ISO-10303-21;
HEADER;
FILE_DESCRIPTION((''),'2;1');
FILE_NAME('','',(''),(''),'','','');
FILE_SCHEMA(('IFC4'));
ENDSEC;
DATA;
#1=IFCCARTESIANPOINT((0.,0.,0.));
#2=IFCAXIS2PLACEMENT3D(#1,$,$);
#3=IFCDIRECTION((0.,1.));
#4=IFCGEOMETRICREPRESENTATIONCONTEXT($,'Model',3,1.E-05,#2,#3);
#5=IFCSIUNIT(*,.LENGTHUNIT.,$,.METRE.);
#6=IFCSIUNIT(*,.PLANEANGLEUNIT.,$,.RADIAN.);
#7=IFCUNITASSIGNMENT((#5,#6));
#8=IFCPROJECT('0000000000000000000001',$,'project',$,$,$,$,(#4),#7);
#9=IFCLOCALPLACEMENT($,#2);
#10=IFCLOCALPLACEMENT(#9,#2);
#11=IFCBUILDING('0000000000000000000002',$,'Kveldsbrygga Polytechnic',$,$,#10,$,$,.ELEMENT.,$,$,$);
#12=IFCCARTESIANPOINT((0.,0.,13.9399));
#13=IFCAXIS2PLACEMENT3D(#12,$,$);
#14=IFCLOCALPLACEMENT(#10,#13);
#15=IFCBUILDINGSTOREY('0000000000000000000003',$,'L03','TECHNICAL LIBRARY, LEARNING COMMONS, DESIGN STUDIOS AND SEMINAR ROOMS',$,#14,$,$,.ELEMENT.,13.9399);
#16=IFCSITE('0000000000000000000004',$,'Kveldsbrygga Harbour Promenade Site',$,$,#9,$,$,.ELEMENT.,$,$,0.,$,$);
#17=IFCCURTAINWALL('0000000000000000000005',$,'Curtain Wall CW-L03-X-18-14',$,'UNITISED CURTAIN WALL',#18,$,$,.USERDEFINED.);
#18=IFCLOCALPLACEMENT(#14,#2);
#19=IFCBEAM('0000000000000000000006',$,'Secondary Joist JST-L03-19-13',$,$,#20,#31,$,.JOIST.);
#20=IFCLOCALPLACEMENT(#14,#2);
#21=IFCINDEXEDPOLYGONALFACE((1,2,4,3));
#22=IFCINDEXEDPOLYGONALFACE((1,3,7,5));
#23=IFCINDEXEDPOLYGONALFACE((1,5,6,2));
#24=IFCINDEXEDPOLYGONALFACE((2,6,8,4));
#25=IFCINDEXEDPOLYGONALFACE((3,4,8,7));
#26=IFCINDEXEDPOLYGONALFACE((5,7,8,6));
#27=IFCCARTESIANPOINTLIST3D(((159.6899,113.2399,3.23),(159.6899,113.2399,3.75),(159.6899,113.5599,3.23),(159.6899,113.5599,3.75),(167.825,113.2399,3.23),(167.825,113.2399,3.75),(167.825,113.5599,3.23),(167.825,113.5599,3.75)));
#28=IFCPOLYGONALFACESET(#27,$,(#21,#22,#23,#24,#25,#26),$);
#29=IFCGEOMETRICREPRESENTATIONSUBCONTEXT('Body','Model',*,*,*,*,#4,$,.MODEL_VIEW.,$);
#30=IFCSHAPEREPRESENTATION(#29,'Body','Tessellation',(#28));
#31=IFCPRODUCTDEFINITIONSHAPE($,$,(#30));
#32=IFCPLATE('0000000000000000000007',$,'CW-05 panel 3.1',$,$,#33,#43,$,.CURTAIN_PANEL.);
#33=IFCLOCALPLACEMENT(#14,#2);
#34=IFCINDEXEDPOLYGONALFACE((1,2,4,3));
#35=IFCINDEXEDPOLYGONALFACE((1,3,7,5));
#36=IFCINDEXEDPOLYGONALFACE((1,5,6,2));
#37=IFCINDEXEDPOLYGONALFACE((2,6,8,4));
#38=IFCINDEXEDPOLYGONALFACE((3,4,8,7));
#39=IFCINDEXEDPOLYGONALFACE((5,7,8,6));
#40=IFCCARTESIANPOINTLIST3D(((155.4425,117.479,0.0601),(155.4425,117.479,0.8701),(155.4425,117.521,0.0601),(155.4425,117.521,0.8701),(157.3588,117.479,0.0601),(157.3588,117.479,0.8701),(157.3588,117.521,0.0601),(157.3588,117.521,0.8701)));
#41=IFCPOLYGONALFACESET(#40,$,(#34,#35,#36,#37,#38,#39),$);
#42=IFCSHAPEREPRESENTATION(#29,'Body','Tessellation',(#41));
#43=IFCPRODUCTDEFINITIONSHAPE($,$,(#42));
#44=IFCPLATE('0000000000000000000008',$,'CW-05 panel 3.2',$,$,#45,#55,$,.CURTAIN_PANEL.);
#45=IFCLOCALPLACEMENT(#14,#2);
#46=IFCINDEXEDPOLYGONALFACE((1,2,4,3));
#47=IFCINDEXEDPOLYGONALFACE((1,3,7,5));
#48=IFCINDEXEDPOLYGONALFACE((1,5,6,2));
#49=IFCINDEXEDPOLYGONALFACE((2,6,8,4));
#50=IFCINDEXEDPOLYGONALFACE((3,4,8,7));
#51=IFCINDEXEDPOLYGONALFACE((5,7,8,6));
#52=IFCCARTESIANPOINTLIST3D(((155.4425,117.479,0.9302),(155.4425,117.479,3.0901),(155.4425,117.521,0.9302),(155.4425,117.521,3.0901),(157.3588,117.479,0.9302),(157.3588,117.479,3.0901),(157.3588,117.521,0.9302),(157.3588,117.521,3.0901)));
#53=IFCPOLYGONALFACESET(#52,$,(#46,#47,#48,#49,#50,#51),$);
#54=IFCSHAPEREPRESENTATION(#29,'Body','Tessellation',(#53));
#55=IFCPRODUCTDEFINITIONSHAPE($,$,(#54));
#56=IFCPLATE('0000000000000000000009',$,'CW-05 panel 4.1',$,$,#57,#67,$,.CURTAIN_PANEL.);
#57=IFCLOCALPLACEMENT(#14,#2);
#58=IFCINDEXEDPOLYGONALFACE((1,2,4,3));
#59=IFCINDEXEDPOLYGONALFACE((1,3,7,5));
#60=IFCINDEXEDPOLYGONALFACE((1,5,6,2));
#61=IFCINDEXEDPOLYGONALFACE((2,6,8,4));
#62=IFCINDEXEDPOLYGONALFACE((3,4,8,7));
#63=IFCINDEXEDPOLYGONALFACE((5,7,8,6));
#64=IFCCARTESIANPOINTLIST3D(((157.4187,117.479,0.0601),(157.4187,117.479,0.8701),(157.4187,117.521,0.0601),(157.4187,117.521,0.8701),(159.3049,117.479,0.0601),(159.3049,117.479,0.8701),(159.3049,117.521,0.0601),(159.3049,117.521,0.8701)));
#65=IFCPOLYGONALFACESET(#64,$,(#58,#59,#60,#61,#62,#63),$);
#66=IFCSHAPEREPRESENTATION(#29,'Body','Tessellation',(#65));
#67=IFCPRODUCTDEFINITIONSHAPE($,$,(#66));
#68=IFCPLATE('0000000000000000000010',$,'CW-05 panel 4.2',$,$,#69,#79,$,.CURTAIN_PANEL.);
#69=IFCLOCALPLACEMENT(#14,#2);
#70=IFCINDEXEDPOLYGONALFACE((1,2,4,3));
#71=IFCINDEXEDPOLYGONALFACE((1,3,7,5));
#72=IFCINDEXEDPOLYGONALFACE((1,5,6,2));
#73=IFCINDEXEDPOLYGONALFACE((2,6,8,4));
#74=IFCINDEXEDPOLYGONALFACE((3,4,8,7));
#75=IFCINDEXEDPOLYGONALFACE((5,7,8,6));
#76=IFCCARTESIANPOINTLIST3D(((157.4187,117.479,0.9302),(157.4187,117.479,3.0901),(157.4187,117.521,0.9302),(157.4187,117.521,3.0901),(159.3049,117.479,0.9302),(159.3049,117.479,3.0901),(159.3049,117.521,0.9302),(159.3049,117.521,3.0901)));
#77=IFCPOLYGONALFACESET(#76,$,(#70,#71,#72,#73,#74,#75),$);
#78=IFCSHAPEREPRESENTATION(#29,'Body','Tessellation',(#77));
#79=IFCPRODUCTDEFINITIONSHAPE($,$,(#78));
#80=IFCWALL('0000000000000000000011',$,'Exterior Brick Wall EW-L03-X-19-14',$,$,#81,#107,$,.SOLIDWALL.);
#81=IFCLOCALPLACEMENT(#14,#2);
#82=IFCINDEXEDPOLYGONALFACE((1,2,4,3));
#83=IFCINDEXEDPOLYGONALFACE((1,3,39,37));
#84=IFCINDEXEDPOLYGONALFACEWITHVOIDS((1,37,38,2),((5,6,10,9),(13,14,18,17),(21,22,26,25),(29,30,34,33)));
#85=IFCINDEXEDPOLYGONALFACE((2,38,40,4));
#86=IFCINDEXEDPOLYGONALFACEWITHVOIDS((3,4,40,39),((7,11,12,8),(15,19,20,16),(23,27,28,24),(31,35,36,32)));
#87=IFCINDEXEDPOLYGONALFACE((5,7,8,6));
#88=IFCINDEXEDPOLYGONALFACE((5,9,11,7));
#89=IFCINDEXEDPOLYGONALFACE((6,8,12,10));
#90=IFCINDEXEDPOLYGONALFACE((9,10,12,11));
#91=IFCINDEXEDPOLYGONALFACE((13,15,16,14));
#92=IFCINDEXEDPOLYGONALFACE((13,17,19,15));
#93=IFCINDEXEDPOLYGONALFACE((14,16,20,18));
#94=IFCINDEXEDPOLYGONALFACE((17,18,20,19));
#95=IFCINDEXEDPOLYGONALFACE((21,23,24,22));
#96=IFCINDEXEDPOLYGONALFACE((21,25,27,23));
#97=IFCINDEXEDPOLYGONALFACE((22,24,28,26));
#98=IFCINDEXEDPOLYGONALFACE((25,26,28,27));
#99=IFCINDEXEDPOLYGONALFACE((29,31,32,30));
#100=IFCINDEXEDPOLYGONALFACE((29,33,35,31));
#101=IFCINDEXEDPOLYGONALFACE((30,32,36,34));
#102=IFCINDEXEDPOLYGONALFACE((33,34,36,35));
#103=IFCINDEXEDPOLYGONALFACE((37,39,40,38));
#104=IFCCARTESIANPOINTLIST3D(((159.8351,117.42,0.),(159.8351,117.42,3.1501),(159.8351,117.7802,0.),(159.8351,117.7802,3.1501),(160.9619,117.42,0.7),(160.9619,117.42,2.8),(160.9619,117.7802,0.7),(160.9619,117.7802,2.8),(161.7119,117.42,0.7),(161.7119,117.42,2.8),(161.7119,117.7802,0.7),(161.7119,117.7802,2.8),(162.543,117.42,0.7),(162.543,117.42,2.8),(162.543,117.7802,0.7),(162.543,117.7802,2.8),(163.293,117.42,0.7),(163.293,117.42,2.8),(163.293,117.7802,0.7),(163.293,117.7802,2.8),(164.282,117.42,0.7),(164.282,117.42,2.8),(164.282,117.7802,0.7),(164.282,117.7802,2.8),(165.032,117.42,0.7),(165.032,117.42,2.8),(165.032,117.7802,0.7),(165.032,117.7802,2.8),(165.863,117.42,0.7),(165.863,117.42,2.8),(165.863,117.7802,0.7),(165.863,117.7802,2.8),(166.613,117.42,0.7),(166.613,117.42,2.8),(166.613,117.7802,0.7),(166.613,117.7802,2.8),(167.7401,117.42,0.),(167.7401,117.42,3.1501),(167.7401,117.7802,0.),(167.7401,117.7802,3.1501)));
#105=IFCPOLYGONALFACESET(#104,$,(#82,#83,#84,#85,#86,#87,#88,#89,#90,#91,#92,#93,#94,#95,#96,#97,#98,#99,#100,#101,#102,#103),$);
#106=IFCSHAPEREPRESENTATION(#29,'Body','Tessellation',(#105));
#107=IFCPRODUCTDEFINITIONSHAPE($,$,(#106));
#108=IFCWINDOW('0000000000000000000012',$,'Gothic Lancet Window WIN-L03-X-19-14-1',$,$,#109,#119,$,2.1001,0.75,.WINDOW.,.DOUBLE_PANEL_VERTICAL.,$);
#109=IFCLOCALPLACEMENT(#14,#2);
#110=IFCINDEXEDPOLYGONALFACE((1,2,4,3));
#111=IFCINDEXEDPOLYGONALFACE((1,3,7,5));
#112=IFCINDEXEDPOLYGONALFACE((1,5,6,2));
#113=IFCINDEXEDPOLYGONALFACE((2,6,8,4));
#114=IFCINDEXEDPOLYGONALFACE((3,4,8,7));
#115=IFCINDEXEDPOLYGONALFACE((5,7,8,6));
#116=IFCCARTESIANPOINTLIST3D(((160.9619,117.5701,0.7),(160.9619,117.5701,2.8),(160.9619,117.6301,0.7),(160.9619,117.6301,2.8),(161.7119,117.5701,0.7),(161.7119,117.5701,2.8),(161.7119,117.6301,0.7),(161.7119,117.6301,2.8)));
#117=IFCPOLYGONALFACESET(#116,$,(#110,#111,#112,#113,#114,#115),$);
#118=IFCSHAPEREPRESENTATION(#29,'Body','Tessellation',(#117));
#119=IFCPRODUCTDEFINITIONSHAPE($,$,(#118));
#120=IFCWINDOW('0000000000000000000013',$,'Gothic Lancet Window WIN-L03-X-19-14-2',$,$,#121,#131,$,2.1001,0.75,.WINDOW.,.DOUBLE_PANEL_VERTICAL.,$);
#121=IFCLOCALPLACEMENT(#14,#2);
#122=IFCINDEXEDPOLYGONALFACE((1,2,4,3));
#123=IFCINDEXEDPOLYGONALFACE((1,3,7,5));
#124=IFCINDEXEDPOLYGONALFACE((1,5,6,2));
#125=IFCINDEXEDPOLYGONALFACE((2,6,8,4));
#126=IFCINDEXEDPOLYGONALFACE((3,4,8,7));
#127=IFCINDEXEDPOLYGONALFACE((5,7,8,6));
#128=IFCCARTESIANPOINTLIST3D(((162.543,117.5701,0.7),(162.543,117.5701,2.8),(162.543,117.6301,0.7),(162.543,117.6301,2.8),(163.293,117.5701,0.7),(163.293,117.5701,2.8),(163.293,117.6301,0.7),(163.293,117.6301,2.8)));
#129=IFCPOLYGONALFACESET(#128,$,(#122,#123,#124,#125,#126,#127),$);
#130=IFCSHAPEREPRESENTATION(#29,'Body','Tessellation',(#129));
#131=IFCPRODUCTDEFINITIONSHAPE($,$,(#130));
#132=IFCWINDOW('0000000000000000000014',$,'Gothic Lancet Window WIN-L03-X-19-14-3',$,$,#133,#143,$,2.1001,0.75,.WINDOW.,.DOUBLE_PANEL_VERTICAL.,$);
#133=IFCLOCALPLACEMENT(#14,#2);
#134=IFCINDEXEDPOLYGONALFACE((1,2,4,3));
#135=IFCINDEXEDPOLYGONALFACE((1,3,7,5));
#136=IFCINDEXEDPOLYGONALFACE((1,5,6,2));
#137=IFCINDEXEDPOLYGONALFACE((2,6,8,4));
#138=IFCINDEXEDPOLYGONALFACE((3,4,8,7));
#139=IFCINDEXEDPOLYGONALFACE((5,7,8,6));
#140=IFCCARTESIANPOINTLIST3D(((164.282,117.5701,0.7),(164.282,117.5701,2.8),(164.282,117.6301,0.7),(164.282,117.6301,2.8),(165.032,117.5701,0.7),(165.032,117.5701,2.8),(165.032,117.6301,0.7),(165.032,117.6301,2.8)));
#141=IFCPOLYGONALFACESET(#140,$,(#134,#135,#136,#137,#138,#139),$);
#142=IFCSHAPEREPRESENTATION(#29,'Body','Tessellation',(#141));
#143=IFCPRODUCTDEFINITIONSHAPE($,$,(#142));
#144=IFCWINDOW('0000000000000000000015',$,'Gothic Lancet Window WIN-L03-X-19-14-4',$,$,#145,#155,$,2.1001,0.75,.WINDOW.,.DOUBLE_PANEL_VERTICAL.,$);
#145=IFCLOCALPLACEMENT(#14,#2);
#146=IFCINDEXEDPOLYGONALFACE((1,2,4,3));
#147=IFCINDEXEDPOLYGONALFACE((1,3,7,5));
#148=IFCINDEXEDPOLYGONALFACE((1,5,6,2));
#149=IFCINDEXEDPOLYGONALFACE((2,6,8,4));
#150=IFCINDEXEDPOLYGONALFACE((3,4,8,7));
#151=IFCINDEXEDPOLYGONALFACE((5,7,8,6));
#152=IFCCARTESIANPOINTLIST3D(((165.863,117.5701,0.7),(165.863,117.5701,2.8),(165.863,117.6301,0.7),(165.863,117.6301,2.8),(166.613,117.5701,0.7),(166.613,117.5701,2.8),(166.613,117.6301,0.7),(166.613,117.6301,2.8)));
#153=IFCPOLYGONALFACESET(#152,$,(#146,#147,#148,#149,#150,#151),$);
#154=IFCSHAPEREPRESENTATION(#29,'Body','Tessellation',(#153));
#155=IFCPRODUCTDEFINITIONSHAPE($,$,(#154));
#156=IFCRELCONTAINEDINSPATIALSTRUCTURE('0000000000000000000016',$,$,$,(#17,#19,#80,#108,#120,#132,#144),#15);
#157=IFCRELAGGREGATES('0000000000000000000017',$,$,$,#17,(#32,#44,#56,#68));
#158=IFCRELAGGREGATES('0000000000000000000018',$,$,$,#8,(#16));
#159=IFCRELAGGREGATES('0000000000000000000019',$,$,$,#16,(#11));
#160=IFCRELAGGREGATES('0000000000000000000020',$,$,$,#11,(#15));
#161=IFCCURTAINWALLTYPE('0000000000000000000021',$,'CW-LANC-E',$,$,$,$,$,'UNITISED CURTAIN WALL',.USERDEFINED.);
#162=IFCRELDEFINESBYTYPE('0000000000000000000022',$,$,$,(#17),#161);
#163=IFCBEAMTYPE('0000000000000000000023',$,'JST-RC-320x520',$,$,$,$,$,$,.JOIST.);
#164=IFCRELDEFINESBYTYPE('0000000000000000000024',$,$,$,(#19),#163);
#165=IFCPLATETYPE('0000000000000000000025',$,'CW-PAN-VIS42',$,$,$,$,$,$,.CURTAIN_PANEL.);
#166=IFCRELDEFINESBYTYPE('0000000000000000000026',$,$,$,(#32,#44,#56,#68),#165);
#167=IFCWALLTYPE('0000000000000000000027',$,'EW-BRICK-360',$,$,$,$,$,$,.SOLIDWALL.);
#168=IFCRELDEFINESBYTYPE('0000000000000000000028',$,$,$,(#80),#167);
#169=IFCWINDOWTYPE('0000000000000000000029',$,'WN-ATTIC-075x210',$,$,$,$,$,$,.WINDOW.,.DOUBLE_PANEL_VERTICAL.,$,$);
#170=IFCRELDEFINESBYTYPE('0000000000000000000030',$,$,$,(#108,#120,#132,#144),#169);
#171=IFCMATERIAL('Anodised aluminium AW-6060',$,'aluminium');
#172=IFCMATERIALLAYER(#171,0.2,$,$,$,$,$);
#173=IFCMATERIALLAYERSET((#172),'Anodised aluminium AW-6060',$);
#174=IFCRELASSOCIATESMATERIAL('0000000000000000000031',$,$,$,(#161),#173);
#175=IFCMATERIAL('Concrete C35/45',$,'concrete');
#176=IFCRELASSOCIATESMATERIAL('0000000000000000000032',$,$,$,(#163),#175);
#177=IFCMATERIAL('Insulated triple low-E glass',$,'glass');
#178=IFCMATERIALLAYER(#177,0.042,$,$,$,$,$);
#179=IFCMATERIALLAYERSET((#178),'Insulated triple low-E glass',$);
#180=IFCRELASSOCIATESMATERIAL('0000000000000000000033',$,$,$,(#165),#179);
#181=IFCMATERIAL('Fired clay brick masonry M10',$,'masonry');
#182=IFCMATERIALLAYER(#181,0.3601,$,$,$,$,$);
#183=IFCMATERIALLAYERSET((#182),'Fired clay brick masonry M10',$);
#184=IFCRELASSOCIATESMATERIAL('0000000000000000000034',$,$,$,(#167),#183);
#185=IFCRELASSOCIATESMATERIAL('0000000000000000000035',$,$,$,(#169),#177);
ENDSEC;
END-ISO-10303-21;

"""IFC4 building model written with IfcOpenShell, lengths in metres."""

from ifc_helpers import new_model, si_unit, direction, frame, frame_2d, origin, origin_2d, place, context, subcontext, project, spatial, rectangle, extrude, material, layer, layer_set, material_profile, profile_set, type_object, element, fill, aggregate, save


model = new_model("IFC4")

# Units and contexts
model_context = context("Model", 3, precision=1e-05, world=origin(), true_north=direction((0.0, 1.0)))
body_context = subcontext(model_context, "Body", "Model", "MODEL_VIEW")
ifc_project = project(units=[si_unit("LENGTHUNIT", "METRE"), si_unit("PLANEANGLEUNIT", "RADIAN")], contexts=[model_context])

# Site, building, storey
site_placement = place(None, origin())
site = spatial("IfcSite", under=ifc_project, at=site_placement, Name="Kveldsbrygga Harbour Promenade Site", CompositionType="ELEMENT", RefElevation=0.0)
building_placement = place(site_placement, origin())
building = spatial("IfcBuilding", under=site, at=building_placement, Name="Kveldsbrygga Polytechnic", CompositionType="ELEMENT")
storey_placement = place(building_placement, frame((0.0, 0.0, 13.9399)))
storey = spatial("IfcBuildingStorey", under=building, at=storey_placement, Name="L03", Description="TECHNICAL LIBRARY, LEARNING COMMONS, DESIGN STUDIOS AND SEMINAR ROOMS", CompositionType="ELEMENT", Elevation=13.9399)

# Shared definitions
ifc_material_1 = material(Name="Concrete C35/45", Category="concrete")

# Curtain wall
ifc_material_2 = material(Name="Anodised aluminium AW-6060", Category="aluminium")
ifc_layer_1 = layer(ifc_material_2, 0.2)
ifc_layer_set_1 = layer_set([ifc_layer_1], Name="Anodised aluminium AW-6060")
curtain_wall_type = type_object("IfcCurtainWallType", Name="CW-LANC-E", ElementType="UNITISED CURTAIN WALL", PredefinedType="USERDEFINED", material=ifc_layer_set_1)
curtain_wall_placement = place(storey_placement, origin())
curtain_wall = element("IfcCurtainWall", 1, at=curtain_wall_placement, inside=storey, type_object=curtain_wall_type, Name="Curtain Wall CW-L03-X-18-14", ObjectType="UNITISED CURTAIN WALL", PredefinedType="USERDEFINED")

# Beam
ifc_material_profile_1 = material_profile(ifc_material_1, rectangle(XDim=0.3201, YDim=0.52, at=origin_2d()), Name="RC 320x520")
ifc_profile_set_1 = profile_set([ifc_material_profile_1], Name="Concrete C35/45")
beam_type_1 = type_object("IfcBeamType", Name="JST-RC-320x520", PredefinedType="JOIST", material=ifc_profile_set_1)
beam_1_placement = place(storey_placement, frame((159.6899, 113.3999, 3.49), z_axis=(1.0, 0.0, 0.0), x_axis=(0.0, 1.0, 0.0)))
element("IfcBeam", 2, at=beam_1_placement, inside=storey, type_object=beam_type_1, Name="Secondary Joist JST-L03-19-13", PredefinedType="JOIST", context=body_context, shape_type="SweptSolid", body=[
    extrude(rectangle(XDim=0.3201, YDim=0.52, at=origin_2d()), origin(), (0.0, 0.0, 1.0), 8.135),
])

# Plates
ifc_material_3 = material(Name="Insulated triple low-E glass", Category="glass")
ifc_layer_2 = layer(ifc_material_3, 0.042)
ifc_layer_set_2 = layer_set([ifc_layer_2], Name="Insulated triple low-E glass")
plate_type = type_object("IfcPlateType", Name="CW-PAN-VIS42", PredefinedType="CURTAIN_PANEL", material=ifc_layer_set_2)
plate_1_placement = place(storey_placement, frame((156.4006, 117.5, 0.0601), z_axis=(0.0, 0.0, 1.0), x_axis=(1.0, 0.0, 0.0)))
plate_1 = element("IfcPlate", 3, at=plate_1_placement, type_object=plate_type, Name="CW-05 panel 3.1", PredefinedType="CURTAIN_PANEL", context=body_context, shape_type="SweptSolid", body=[
    extrude(rectangle(XDim=1.9163, YDim=0.042, at=origin_2d()), origin(), (0.0, 0.0, 1.0), 0.8101),
])
plate_2_placement = place(storey_placement, frame((156.4006, 117.5, 0.9302), z_axis=(0.0, 0.0, 1.0), x_axis=(1.0, 0.0, 0.0)))
plate_2 = element("IfcPlate", 4, at=plate_2_placement, type_object=plate_type, Name="CW-05 panel 3.2", PredefinedType="CURTAIN_PANEL", context=body_context, shape_type="SweptSolid", body=[
    extrude(rectangle(XDim=1.9163, YDim=0.042, at=origin_2d()), origin(), (0.0, 0.0, 1.0), 2.1599),
])
plate_3_placement = place(storey_placement, frame((158.3618, 117.5, 0.0601), z_axis=(0.0, 0.0, 1.0), x_axis=(1.0, 0.0, 0.0)))
plate_3 = element("IfcPlate", 5, at=plate_3_placement, type_object=plate_type, Name="CW-05 panel 4.1", PredefinedType="CURTAIN_PANEL", context=body_context, shape_type="SweptSolid", body=[
    extrude(rectangle(XDim=1.8862, YDim=0.042, at=origin_2d()), origin(), (0.0, 0.0, 1.0), 0.8101),
])
plate_4_placement = place(storey_placement, frame((158.3618, 117.5, 0.9302), z_axis=(0.0, 0.0, 1.0), x_axis=(1.0, 0.0, 0.0)))
plate_4 = element("IfcPlate", 6, at=plate_4_placement, type_object=plate_type, Name="CW-05 panel 4.2", PredefinedType="CURTAIN_PANEL", context=body_context, shape_type="SweptSolid", body=[
    extrude(rectangle(XDim=1.8862, YDim=0.042, at=origin_2d()), origin(), (0.0, 0.0, 1.0), 2.1599),
])
aggregate(curtain_wall, [plate_1, plate_2, plate_3, plate_4])

# Wall, openings, windows
ifc_material_4 = material(Name="Fired clay brick masonry M10", Category="masonry")
ifc_layer_3 = layer(ifc_material_4, 0.3601)
ifc_layer_set_3 = layer_set([ifc_layer_3], Name="Fired clay brick masonry M10")
wall_type = type_object("IfcWallType", Name="EW-BRICK-360", PredefinedType="SOLIDWALL", material=ifc_layer_set_3)
wall_1_placement = place(storey_placement, frame((159.835, 117.6001, 0.0), z_axis=(0.0, 0.0, 1.0), x_axis=(1.0, 0.0, 0.0)))
wall_1 = element("IfcWall", 7, at=wall_1_placement, inside=storey, type_object=wall_type, Name="Exterior Brick Wall EW-L03-X-19-14", PredefinedType="SOLIDWALL", context=body_context, shape_type="SweptSolid", body=[
    extrude(rectangle(XDim=7.905, YDim=0.3601, at=frame_2d((3.9526, 0.0))), origin(), (0.0, 0.0, 1.0), 3.1501),
])
opening_1_placement = place(wall_1_placement, frame((1.127, 0.0, 0.7)))
opening_1 = element("IfcOpeningElement", 8, at=opening_1_placement, cuts=wall_1, PredefinedType="OPENING", context=body_context, shape_type="SweptSolid", body=[
    extrude(rectangle(XDim=0.75, YDim=2.1001, at=frame_2d((0.375, 1.05))), frame((0.0, 0.1899, 0.0), z_axis=(0.0, -1.0, 0.0), x_axis=(1.0, 0.0, 0.0)), (0.0, 0.0, 1.0), 0.3801),
])
opening_2_placement = place(wall_1_placement, frame((2.708, 0.0, 0.7)))
opening_2 = element("IfcOpeningElement", 9, at=opening_2_placement, cuts=wall_1, PredefinedType="OPENING", context=body_context, shape_type="SweptSolid", body=[
    extrude(rectangle(XDim=0.75, YDim=2.1001, at=frame_2d((0.375, 1.05))), frame((0.0, 0.1899, 0.0), z_axis=(0.0, -1.0, 0.0), x_axis=(1.0, 0.0, 0.0)), (0.0, 0.0, 1.0), 0.3801),
])
opening_3_placement = place(wall_1_placement, frame((4.447, 0.0, 0.7)))
opening_3 = element("IfcOpeningElement", 10, at=opening_3_placement, cuts=wall_1, PredefinedType="OPENING", context=body_context, shape_type="SweptSolid", body=[
    extrude(rectangle(XDim=0.75, YDim=2.1001, at=frame_2d((0.375, 1.05))), frame((0.0, 0.1899, 0.0), z_axis=(0.0, -1.0, 0.0), x_axis=(1.0, 0.0, 0.0)), (0.0, 0.0, 1.0), 0.3801),
])
opening_4_placement = place(wall_1_placement, frame((6.0281, 0.0, 0.7)))
opening_4 = element("IfcOpeningElement", 11, at=opening_4_placement, cuts=wall_1, PredefinedType="OPENING", context=body_context, shape_type="SweptSolid", body=[
    extrude(rectangle(XDim=0.75, YDim=2.1001, at=frame_2d((0.375, 1.05))), frame((0.0, 0.1899, 0.0), z_axis=(0.0, -1.0, 0.0), x_axis=(1.0, 0.0, 0.0)), (0.0, 0.0, 1.0), 0.3801),
])
window_type = type_object("IfcWindowType", Name="WN-ATTIC-075x210", PartitioningType="DOUBLE_PANEL_VERTICAL", PredefinedType="WINDOW", material=ifc_material_3)
window_1_placement = place(opening_1_placement, origin())
window_1 = element("IfcWindow", 12, at=window_1_placement, inside=storey, type_object=window_type, Name="Gothic Lancet Window WIN-L03-X-19-14-1", OverallHeight=2.1001, OverallWidth=0.75, PartitioningType="DOUBLE_PANEL_VERTICAL", PredefinedType="WINDOW", context=body_context, shape_type="SweptSolid", body=[
    extrude(rectangle(XDim=0.75, YDim=2.1001, at=frame_2d((0.375, 1.05))), frame((0.0, 0.03, 0.0), z_axis=(0.0, -1.0, 0.0), x_axis=(1.0, 0.0, 0.0)), (0.0, 0.0, 1.0), 0.0601),
])
fill(opening_1, window_1)
window_2_placement = place(opening_2_placement, origin())
window_2 = element("IfcWindow", 13, at=window_2_placement, inside=storey, type_object=window_type, Name="Gothic Lancet Window WIN-L03-X-19-14-2", OverallHeight=2.1001, OverallWidth=0.75, PartitioningType="DOUBLE_PANEL_VERTICAL", PredefinedType="WINDOW", context=body_context, shape_type="SweptSolid", body=[
    extrude(rectangle(XDim=0.75, YDim=2.1001, at=frame_2d((0.375, 1.05))), frame((0.0, 0.03, 0.0), z_axis=(0.0, -1.0, 0.0), x_axis=(1.0, 0.0, 0.0)), (0.0, 0.0, 1.0), 0.0601),
])
fill(opening_2, window_2)
window_3_placement = place(opening_3_placement, origin())
window_3 = element("IfcWindow", 14, at=window_3_placement, inside=storey, type_object=window_type, Name="Gothic Lancet Window WIN-L03-X-19-14-3", OverallHeight=2.1001, OverallWidth=0.75, PartitioningType="DOUBLE_PANEL_VERTICAL", PredefinedType="WINDOW", context=body_context, shape_type="SweptSolid", body=[
    extrude(rectangle(XDim=0.75, YDim=2.1001, at=frame_2d((0.375, 1.05))), frame((0.0, 0.03, 0.0), z_axis=(0.0, -1.0, 0.0), x_axis=(1.0, 0.0, 0.0)), (0.0, 0.0, 1.0), 0.0601),
])
fill(opening_3, window_3)
window_4_placement = place(opening_4_placement, origin())
window_4 = element("IfcWindow", 15, at=window_4_placement, inside=storey, type_object=window_type, Name="Gothic Lancet Window WIN-L03-X-19-14-4", OverallHeight=2.1001, OverallWidth=0.75, PartitioningType="DOUBLE_PANEL_VERTICAL", PredefinedType="WINDOW", context=body_context, shape_type="SweptSolid", body=[
    extrude(rectangle(XDim=0.75, YDim=2.1001, at=frame_2d((0.375, 1.05))), frame((0.0, 0.03, 0.0), z_axis=(0.0, -1.0, 0.0), x_axis=(1.0, 0.0, 0.0)), (0.0, 0.0, 1.0), 0.0601),
])
fill(opening_4, window_4)

save(model, "model.ifc")
